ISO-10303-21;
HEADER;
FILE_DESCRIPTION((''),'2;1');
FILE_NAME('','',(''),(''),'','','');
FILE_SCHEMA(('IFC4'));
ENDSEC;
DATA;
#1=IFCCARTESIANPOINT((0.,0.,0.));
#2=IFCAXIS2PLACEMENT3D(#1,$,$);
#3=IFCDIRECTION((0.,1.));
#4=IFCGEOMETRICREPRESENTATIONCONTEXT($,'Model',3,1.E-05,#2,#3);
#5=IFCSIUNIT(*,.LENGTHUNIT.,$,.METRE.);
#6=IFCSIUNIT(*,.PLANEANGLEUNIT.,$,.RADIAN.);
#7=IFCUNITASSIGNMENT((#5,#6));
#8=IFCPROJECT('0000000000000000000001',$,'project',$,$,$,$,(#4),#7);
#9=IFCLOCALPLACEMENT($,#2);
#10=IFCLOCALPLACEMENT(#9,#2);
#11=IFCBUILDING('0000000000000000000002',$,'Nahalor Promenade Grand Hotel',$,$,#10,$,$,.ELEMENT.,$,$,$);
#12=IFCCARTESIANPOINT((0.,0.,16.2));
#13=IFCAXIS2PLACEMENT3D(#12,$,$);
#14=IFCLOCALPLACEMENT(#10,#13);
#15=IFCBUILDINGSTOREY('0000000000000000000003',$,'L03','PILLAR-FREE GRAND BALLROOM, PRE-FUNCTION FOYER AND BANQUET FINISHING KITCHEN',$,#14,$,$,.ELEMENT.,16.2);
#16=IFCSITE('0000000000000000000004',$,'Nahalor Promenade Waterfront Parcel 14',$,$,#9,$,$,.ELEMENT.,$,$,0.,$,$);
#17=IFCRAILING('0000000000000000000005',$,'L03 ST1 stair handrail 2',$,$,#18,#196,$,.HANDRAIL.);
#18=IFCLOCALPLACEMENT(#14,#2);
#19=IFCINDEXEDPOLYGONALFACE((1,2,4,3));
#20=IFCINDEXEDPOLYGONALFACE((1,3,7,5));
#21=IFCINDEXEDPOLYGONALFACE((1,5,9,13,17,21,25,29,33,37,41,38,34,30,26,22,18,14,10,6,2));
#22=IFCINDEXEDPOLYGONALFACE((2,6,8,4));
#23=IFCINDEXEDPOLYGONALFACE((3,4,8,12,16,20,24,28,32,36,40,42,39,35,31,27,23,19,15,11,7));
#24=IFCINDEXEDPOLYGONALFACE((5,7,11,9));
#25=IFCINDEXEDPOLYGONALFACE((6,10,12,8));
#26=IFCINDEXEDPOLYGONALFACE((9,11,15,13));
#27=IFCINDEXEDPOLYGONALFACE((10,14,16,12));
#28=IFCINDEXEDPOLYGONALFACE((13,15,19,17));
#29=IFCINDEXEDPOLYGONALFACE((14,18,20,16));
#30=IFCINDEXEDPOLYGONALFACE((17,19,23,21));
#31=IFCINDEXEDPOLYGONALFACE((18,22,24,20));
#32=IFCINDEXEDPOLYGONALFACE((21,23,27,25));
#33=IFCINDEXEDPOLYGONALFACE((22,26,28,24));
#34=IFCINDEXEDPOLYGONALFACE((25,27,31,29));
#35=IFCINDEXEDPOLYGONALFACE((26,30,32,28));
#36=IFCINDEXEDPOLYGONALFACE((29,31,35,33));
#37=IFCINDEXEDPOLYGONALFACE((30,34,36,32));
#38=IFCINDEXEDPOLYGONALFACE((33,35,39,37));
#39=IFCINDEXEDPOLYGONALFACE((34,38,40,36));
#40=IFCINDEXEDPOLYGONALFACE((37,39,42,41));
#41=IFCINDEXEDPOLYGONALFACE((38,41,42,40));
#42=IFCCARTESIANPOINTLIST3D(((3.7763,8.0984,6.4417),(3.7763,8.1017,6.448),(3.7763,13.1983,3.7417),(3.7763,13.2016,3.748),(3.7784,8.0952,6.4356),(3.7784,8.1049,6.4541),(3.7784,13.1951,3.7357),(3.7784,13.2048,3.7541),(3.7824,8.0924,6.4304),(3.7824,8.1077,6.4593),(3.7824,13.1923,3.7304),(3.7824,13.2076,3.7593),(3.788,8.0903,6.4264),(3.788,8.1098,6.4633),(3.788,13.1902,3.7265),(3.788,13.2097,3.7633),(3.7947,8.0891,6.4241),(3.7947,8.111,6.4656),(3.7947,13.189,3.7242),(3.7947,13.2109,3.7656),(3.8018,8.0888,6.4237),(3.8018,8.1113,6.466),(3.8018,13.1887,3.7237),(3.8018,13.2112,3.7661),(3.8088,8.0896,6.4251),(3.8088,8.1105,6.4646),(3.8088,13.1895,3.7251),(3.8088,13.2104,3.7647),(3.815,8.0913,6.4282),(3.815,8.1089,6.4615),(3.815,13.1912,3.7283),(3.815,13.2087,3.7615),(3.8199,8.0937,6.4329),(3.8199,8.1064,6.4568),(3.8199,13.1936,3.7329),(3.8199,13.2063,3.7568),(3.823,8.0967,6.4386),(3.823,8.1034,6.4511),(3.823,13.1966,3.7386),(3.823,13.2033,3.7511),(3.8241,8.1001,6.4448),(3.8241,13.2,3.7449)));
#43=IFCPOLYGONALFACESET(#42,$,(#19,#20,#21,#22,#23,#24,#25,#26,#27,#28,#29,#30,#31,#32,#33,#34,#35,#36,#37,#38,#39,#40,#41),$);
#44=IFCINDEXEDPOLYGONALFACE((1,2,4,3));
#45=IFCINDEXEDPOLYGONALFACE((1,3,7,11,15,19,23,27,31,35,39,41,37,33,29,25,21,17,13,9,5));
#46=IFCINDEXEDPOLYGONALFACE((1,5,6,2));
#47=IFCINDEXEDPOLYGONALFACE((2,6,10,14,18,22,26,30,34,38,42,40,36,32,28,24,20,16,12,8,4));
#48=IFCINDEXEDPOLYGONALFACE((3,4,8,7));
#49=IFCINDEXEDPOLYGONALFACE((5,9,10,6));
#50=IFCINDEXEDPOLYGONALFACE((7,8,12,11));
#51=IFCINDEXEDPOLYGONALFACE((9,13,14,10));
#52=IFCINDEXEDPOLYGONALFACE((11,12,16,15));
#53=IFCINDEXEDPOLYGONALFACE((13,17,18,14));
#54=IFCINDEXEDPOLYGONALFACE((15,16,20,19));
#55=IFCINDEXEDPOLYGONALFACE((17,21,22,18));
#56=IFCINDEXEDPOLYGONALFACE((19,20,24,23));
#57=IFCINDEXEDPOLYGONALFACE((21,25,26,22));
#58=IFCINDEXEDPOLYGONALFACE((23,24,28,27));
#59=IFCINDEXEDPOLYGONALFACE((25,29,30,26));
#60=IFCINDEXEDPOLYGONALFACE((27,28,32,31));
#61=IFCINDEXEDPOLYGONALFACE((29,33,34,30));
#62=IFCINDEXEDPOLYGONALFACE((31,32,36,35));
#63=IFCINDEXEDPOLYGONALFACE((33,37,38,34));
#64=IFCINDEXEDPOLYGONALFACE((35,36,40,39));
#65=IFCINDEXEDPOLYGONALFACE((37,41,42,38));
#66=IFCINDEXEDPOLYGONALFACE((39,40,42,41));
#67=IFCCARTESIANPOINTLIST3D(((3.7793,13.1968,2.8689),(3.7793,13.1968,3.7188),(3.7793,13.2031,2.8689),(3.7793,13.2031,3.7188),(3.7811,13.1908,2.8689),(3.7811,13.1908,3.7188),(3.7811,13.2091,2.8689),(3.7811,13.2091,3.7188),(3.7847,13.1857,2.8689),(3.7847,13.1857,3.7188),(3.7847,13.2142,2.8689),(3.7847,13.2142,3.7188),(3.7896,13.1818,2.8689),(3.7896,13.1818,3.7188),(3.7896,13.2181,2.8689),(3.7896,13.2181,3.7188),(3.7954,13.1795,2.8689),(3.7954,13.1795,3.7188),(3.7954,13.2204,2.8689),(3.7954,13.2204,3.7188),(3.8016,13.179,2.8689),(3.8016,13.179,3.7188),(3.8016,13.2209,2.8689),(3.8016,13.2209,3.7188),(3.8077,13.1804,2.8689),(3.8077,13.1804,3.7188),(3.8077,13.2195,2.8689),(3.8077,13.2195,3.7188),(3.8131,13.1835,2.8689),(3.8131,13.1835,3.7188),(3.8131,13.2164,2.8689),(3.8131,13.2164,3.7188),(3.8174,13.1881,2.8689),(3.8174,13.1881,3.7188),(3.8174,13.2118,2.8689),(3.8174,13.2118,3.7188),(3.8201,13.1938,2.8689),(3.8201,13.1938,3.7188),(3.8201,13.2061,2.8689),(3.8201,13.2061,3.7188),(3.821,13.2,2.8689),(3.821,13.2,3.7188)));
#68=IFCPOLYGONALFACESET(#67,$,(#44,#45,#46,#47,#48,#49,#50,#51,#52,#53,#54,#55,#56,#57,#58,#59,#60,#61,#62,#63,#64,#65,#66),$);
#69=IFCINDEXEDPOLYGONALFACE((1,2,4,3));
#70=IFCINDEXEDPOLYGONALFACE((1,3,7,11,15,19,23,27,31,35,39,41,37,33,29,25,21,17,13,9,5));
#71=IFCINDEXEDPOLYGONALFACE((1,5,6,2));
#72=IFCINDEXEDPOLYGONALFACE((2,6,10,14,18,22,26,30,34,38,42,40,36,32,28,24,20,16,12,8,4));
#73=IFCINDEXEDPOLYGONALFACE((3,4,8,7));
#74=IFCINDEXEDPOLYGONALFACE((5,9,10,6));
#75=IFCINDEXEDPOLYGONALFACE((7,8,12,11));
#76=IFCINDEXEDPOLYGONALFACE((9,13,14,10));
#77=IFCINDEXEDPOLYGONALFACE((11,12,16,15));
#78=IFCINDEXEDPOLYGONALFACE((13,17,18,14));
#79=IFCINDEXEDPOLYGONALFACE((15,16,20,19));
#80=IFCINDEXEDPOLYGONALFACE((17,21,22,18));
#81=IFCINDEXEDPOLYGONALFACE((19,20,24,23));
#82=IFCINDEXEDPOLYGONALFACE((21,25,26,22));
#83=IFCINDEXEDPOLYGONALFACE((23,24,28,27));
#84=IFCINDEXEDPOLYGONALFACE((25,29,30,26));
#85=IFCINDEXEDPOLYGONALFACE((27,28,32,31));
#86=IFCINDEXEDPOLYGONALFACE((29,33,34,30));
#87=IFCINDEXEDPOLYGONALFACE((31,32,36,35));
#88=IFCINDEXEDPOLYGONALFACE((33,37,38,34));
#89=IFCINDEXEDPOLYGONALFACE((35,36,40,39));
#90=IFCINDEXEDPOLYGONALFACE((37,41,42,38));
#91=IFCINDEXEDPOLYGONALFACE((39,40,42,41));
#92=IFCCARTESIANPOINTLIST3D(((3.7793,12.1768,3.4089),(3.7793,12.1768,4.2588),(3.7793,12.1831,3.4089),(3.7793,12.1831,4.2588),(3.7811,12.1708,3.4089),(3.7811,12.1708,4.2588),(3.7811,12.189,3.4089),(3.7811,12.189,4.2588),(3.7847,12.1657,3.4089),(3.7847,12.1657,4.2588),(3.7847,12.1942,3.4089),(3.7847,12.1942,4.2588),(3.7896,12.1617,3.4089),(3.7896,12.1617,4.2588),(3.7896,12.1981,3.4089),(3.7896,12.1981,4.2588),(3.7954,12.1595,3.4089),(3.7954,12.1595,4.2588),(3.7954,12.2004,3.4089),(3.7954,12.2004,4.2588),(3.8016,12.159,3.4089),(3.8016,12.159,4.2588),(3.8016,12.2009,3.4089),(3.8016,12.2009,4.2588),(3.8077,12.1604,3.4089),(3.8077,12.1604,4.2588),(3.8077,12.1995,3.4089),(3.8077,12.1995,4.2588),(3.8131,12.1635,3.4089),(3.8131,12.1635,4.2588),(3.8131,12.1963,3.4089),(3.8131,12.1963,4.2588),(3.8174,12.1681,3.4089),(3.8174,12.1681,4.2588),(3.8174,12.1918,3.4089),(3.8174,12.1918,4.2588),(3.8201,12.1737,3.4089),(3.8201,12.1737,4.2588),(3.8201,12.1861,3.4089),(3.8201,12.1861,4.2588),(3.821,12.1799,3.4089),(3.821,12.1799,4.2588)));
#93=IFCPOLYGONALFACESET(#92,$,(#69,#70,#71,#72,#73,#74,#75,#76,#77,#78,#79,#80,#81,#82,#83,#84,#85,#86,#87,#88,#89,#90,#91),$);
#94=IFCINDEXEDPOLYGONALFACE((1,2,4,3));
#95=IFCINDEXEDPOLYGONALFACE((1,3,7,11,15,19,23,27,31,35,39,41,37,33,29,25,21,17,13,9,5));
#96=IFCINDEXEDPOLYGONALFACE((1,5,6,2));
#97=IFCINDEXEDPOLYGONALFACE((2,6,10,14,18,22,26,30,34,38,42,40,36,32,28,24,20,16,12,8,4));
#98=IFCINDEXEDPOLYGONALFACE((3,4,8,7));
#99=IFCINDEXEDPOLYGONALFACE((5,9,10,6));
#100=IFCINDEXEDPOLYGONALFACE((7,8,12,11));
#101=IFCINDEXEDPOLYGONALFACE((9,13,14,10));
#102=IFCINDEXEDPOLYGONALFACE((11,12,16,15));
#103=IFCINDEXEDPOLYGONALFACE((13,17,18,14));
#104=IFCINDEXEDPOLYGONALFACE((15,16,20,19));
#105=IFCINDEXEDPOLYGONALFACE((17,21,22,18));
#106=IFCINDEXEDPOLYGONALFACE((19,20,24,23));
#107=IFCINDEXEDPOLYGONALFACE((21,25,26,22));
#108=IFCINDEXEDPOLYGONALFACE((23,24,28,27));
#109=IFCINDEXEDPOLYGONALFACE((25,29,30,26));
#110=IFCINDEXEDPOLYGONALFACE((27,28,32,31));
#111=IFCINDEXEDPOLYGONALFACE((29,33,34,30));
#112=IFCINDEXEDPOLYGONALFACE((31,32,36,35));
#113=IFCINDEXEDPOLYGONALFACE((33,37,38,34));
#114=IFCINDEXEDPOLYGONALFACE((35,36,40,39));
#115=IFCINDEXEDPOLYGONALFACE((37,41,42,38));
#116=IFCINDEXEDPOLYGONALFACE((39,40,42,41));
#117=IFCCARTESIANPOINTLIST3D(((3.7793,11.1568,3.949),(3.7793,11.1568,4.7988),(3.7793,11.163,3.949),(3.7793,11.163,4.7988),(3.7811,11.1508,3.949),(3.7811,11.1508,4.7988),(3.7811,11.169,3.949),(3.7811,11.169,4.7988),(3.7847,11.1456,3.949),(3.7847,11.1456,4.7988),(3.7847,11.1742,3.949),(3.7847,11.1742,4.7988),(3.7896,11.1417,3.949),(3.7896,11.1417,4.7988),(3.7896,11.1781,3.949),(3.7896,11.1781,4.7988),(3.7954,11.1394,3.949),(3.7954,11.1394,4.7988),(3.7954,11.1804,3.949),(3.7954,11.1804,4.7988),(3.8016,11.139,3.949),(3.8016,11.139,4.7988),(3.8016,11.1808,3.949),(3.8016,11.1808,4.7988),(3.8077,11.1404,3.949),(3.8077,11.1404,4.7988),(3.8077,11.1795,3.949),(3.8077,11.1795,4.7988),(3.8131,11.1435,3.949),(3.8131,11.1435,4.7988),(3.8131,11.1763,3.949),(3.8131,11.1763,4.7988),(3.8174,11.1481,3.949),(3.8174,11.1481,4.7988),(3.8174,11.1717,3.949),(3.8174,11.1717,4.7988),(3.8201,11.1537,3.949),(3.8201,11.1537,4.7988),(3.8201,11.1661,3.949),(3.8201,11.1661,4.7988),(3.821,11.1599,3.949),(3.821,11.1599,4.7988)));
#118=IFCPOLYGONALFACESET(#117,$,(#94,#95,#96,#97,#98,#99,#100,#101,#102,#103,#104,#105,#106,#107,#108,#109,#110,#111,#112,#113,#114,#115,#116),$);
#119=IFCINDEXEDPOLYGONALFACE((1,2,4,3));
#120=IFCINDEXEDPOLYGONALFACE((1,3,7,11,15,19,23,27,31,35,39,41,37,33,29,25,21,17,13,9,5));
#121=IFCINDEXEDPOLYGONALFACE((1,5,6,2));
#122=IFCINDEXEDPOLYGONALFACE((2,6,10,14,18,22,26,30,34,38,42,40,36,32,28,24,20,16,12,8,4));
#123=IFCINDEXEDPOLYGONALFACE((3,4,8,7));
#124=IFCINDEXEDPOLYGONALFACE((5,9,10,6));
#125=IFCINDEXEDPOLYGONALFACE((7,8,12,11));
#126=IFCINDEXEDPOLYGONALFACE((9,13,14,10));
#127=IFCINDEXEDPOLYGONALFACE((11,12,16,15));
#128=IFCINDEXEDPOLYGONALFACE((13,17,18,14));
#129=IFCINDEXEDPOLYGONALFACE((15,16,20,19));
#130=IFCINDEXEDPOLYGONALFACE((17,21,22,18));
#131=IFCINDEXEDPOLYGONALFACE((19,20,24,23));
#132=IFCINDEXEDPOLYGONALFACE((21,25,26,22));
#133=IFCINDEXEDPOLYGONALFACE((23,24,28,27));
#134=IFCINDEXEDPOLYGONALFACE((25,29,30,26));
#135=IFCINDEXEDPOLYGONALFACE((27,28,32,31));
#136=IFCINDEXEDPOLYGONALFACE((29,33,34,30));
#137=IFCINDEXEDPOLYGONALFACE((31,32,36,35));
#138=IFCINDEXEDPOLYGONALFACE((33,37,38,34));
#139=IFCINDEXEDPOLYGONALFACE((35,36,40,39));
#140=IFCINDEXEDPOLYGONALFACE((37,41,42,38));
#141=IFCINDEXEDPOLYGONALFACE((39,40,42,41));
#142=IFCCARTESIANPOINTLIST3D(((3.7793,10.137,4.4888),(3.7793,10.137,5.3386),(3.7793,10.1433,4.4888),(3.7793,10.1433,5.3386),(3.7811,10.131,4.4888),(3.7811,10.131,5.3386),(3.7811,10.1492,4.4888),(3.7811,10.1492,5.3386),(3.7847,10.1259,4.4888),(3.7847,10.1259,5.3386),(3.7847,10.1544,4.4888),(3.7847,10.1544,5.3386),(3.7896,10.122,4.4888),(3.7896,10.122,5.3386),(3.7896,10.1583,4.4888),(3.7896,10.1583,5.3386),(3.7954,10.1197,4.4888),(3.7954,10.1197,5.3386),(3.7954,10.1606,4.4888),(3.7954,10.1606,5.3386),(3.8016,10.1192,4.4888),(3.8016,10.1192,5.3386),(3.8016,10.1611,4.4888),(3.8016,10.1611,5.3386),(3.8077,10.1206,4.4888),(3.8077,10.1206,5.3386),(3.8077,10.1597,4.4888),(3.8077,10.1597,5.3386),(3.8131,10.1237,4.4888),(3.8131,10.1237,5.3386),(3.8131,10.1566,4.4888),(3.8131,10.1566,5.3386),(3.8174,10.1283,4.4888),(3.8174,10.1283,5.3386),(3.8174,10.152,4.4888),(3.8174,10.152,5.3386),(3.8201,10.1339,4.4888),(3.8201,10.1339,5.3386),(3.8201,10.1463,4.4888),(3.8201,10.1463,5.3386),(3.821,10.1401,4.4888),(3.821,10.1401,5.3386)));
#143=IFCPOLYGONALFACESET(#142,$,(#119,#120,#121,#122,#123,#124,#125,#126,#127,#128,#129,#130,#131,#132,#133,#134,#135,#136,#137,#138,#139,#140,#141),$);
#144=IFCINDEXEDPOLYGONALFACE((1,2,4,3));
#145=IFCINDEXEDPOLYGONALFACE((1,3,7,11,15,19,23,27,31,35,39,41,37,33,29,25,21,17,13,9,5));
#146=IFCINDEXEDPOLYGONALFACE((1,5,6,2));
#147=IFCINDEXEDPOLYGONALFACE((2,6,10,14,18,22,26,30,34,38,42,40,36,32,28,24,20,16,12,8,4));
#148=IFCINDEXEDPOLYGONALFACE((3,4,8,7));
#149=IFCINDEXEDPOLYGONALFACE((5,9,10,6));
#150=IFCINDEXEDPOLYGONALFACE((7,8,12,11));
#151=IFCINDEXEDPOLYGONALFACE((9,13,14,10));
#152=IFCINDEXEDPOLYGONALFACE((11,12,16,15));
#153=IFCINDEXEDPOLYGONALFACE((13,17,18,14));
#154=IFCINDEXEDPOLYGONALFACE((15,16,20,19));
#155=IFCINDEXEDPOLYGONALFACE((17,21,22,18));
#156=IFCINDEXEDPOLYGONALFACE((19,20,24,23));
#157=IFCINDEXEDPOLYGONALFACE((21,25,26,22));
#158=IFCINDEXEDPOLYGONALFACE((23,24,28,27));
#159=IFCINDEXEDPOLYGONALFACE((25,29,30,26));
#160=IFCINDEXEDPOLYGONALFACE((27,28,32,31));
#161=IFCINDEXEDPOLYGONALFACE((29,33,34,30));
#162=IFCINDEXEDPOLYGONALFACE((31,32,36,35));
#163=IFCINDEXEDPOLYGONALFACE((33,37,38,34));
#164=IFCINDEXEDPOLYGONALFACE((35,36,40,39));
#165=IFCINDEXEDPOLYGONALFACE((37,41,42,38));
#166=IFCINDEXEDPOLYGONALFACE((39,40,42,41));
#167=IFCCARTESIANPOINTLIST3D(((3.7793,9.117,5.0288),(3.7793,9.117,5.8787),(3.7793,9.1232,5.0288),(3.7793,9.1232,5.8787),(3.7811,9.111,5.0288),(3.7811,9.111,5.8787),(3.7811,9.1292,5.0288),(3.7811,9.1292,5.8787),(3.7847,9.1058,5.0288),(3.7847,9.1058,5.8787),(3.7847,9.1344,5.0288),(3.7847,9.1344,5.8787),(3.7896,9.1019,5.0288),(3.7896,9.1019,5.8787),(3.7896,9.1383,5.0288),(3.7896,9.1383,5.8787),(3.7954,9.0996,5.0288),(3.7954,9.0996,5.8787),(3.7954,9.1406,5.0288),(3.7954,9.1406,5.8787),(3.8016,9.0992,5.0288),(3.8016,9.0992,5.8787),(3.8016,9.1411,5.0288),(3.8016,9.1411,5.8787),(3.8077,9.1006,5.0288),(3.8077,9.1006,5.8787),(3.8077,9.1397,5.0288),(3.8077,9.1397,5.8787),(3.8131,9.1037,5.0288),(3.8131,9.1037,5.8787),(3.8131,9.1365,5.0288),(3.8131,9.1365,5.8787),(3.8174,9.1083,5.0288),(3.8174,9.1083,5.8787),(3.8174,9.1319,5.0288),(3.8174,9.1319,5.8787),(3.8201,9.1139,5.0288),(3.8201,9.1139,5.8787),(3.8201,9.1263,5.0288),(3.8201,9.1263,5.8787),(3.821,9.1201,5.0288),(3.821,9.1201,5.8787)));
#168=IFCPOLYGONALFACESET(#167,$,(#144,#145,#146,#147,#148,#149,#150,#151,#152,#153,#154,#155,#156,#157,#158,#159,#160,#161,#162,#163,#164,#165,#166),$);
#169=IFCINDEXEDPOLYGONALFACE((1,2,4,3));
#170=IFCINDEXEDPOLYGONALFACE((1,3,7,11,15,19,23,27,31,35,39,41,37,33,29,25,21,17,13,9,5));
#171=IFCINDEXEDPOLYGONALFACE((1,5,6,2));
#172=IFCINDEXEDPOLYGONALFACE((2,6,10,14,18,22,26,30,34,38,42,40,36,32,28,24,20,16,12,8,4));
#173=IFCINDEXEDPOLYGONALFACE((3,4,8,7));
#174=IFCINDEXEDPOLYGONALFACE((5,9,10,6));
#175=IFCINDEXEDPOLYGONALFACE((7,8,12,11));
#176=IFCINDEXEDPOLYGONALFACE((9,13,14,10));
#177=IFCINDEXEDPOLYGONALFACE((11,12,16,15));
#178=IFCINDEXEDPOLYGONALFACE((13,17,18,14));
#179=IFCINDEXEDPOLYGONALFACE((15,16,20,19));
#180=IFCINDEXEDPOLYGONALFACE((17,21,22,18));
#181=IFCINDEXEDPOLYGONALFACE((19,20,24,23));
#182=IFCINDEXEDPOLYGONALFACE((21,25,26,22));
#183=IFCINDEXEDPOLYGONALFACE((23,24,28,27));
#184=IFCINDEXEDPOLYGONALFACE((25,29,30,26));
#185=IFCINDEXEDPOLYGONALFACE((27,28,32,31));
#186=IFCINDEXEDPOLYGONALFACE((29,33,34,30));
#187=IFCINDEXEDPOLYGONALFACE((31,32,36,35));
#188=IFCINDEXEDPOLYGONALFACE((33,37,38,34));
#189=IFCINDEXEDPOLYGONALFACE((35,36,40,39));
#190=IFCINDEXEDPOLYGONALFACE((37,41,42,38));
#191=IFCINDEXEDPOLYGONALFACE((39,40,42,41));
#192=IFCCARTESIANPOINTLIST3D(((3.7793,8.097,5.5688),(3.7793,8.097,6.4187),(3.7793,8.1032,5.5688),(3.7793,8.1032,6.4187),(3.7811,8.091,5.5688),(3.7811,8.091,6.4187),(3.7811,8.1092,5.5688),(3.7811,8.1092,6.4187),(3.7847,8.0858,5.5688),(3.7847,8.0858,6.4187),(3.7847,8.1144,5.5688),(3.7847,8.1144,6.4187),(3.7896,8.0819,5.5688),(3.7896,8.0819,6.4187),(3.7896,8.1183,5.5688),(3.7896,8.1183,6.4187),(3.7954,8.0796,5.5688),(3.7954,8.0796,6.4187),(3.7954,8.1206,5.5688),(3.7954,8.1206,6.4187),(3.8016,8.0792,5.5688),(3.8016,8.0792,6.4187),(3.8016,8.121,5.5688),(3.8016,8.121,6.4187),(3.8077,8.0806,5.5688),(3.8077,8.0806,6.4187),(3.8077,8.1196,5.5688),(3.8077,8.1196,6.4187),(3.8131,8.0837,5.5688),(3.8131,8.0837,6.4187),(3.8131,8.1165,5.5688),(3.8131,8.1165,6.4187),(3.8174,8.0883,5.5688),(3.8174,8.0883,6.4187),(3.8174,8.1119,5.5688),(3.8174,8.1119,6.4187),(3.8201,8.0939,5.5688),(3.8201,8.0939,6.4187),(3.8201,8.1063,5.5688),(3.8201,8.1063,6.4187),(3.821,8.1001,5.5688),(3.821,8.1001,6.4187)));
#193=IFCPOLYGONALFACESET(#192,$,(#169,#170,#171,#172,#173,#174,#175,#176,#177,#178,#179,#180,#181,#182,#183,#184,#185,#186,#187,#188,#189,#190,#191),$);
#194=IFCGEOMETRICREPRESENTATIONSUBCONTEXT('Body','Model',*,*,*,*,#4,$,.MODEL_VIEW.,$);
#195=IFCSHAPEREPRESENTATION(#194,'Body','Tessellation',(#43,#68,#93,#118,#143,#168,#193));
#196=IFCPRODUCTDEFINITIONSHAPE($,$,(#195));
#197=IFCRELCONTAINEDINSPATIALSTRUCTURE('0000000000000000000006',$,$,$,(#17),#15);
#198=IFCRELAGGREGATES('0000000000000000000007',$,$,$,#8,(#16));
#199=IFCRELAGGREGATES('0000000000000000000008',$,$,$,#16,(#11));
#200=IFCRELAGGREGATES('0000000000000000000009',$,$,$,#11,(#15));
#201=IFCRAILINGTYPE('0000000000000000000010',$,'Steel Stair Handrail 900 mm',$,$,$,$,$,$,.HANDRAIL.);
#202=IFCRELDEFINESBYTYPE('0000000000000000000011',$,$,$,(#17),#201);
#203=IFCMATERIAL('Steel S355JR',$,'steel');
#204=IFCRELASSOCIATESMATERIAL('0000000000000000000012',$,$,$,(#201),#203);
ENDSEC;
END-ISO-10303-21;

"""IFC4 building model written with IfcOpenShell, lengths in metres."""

from ifc_helpers import new_model, si_unit, direction, frame, origin, origin_2d, place, context, subcontext, project, spatial, circle, extrude, material, type_object, element, save


model = new_model("IFC4")

# Units and contexts
model_context = context("Model", 3, precision=1e-05, world=origin(), true_north=direction((0.0, 1.0)))
body_context = subcontext(model_context, "Body", "Model", "MODEL_VIEW")
ifc_project = project(units=[si_unit("LENGTHUNIT", "METRE"), si_unit("PLANEANGLEUNIT", "RADIAN")], contexts=[model_context])

# Site, building, storey
site_placement = place(None, origin())
site = spatial("IfcSite", under=ifc_project, at=site_placement, Name="Nahalor Promenade Waterfront Parcel 14", CompositionType="ELEMENT", RefElevation=0.0)
building_placement = place(site_placement, origin())
building = spatial("IfcBuilding", under=site, at=building_placement, Name="Nahalor Promenade Grand Hotel", CompositionType="ELEMENT")
storey_placement = place(building_placement, frame((0.0, 0.0, 16.2)))
storey = spatial("IfcBuildingStorey", under=building, at=storey_placement, Name="L03", Description="PILLAR-FREE GRAND BALLROOM, PRE-FUNCTION FOYER AND BANQUET FINISHING KITCHEN", CompositionType="ELEMENT", Elevation=16.2)

# Shared definitions
ifc_material_1 = material(Name="Steel S355JR", Category="steel")

# Railing
railing_type_1 = type_object("IfcRailingType", Name="Steel Stair Handrail 900 mm", PredefinedType="HANDRAIL", material=ifc_material_1)
railing_1_placement = place(storey_placement, frame((3.8, 13.2, 2.8689)))
element("IfcRailing", 1, at=railing_1_placement, inside=storey, type_object=railing_type_1, Name="L03 ST1 stair handrail 2", PredefinedType="HANDRAIL", context=body_context, shape_type="SweptSolid", body=[
    extrude(circle(Radius=0.024, at=origin_2d()), frame((0.0, 0.0, 0.876), z_axis=(0.0, -0.883786, 0.467892), x_axis=(1.0, 0.0, 0.0)), (0.0, 0.0, 1.0), 5.7705),
    extrude(circle(Radius=0.021, at=origin_2d()), origin(), (0.0, 0.0, 1.0), 0.8499),
    extrude(circle(Radius=0.021, at=origin_2d()), frame((0.0, -1.02, 0.54)), (0.0, 0.0, 1.0), 0.8499),
    extrude(circle(Radius=0.021, at=origin_2d()), frame((0.0, -2.04, 1.0801)), (0.0, 0.0, 1.0), 0.8499),
    extrude(circle(Radius=0.021, at=origin_2d()), frame((0.0, -3.0598, 1.6199)), (0.0, 0.0, 1.0), 0.8499),
    extrude(circle(Radius=0.021, at=origin_2d()), frame((0.0, -4.0798, 2.1599)), (0.0, 0.0, 1.0), 0.8499),
    extrude(circle(Radius=0.021, at=origin_2d()), frame((0.0, -5.0999, 2.7)), (0.0, 0.0, 1.0), 0.8499),
])

save(model, "model.ifc")
